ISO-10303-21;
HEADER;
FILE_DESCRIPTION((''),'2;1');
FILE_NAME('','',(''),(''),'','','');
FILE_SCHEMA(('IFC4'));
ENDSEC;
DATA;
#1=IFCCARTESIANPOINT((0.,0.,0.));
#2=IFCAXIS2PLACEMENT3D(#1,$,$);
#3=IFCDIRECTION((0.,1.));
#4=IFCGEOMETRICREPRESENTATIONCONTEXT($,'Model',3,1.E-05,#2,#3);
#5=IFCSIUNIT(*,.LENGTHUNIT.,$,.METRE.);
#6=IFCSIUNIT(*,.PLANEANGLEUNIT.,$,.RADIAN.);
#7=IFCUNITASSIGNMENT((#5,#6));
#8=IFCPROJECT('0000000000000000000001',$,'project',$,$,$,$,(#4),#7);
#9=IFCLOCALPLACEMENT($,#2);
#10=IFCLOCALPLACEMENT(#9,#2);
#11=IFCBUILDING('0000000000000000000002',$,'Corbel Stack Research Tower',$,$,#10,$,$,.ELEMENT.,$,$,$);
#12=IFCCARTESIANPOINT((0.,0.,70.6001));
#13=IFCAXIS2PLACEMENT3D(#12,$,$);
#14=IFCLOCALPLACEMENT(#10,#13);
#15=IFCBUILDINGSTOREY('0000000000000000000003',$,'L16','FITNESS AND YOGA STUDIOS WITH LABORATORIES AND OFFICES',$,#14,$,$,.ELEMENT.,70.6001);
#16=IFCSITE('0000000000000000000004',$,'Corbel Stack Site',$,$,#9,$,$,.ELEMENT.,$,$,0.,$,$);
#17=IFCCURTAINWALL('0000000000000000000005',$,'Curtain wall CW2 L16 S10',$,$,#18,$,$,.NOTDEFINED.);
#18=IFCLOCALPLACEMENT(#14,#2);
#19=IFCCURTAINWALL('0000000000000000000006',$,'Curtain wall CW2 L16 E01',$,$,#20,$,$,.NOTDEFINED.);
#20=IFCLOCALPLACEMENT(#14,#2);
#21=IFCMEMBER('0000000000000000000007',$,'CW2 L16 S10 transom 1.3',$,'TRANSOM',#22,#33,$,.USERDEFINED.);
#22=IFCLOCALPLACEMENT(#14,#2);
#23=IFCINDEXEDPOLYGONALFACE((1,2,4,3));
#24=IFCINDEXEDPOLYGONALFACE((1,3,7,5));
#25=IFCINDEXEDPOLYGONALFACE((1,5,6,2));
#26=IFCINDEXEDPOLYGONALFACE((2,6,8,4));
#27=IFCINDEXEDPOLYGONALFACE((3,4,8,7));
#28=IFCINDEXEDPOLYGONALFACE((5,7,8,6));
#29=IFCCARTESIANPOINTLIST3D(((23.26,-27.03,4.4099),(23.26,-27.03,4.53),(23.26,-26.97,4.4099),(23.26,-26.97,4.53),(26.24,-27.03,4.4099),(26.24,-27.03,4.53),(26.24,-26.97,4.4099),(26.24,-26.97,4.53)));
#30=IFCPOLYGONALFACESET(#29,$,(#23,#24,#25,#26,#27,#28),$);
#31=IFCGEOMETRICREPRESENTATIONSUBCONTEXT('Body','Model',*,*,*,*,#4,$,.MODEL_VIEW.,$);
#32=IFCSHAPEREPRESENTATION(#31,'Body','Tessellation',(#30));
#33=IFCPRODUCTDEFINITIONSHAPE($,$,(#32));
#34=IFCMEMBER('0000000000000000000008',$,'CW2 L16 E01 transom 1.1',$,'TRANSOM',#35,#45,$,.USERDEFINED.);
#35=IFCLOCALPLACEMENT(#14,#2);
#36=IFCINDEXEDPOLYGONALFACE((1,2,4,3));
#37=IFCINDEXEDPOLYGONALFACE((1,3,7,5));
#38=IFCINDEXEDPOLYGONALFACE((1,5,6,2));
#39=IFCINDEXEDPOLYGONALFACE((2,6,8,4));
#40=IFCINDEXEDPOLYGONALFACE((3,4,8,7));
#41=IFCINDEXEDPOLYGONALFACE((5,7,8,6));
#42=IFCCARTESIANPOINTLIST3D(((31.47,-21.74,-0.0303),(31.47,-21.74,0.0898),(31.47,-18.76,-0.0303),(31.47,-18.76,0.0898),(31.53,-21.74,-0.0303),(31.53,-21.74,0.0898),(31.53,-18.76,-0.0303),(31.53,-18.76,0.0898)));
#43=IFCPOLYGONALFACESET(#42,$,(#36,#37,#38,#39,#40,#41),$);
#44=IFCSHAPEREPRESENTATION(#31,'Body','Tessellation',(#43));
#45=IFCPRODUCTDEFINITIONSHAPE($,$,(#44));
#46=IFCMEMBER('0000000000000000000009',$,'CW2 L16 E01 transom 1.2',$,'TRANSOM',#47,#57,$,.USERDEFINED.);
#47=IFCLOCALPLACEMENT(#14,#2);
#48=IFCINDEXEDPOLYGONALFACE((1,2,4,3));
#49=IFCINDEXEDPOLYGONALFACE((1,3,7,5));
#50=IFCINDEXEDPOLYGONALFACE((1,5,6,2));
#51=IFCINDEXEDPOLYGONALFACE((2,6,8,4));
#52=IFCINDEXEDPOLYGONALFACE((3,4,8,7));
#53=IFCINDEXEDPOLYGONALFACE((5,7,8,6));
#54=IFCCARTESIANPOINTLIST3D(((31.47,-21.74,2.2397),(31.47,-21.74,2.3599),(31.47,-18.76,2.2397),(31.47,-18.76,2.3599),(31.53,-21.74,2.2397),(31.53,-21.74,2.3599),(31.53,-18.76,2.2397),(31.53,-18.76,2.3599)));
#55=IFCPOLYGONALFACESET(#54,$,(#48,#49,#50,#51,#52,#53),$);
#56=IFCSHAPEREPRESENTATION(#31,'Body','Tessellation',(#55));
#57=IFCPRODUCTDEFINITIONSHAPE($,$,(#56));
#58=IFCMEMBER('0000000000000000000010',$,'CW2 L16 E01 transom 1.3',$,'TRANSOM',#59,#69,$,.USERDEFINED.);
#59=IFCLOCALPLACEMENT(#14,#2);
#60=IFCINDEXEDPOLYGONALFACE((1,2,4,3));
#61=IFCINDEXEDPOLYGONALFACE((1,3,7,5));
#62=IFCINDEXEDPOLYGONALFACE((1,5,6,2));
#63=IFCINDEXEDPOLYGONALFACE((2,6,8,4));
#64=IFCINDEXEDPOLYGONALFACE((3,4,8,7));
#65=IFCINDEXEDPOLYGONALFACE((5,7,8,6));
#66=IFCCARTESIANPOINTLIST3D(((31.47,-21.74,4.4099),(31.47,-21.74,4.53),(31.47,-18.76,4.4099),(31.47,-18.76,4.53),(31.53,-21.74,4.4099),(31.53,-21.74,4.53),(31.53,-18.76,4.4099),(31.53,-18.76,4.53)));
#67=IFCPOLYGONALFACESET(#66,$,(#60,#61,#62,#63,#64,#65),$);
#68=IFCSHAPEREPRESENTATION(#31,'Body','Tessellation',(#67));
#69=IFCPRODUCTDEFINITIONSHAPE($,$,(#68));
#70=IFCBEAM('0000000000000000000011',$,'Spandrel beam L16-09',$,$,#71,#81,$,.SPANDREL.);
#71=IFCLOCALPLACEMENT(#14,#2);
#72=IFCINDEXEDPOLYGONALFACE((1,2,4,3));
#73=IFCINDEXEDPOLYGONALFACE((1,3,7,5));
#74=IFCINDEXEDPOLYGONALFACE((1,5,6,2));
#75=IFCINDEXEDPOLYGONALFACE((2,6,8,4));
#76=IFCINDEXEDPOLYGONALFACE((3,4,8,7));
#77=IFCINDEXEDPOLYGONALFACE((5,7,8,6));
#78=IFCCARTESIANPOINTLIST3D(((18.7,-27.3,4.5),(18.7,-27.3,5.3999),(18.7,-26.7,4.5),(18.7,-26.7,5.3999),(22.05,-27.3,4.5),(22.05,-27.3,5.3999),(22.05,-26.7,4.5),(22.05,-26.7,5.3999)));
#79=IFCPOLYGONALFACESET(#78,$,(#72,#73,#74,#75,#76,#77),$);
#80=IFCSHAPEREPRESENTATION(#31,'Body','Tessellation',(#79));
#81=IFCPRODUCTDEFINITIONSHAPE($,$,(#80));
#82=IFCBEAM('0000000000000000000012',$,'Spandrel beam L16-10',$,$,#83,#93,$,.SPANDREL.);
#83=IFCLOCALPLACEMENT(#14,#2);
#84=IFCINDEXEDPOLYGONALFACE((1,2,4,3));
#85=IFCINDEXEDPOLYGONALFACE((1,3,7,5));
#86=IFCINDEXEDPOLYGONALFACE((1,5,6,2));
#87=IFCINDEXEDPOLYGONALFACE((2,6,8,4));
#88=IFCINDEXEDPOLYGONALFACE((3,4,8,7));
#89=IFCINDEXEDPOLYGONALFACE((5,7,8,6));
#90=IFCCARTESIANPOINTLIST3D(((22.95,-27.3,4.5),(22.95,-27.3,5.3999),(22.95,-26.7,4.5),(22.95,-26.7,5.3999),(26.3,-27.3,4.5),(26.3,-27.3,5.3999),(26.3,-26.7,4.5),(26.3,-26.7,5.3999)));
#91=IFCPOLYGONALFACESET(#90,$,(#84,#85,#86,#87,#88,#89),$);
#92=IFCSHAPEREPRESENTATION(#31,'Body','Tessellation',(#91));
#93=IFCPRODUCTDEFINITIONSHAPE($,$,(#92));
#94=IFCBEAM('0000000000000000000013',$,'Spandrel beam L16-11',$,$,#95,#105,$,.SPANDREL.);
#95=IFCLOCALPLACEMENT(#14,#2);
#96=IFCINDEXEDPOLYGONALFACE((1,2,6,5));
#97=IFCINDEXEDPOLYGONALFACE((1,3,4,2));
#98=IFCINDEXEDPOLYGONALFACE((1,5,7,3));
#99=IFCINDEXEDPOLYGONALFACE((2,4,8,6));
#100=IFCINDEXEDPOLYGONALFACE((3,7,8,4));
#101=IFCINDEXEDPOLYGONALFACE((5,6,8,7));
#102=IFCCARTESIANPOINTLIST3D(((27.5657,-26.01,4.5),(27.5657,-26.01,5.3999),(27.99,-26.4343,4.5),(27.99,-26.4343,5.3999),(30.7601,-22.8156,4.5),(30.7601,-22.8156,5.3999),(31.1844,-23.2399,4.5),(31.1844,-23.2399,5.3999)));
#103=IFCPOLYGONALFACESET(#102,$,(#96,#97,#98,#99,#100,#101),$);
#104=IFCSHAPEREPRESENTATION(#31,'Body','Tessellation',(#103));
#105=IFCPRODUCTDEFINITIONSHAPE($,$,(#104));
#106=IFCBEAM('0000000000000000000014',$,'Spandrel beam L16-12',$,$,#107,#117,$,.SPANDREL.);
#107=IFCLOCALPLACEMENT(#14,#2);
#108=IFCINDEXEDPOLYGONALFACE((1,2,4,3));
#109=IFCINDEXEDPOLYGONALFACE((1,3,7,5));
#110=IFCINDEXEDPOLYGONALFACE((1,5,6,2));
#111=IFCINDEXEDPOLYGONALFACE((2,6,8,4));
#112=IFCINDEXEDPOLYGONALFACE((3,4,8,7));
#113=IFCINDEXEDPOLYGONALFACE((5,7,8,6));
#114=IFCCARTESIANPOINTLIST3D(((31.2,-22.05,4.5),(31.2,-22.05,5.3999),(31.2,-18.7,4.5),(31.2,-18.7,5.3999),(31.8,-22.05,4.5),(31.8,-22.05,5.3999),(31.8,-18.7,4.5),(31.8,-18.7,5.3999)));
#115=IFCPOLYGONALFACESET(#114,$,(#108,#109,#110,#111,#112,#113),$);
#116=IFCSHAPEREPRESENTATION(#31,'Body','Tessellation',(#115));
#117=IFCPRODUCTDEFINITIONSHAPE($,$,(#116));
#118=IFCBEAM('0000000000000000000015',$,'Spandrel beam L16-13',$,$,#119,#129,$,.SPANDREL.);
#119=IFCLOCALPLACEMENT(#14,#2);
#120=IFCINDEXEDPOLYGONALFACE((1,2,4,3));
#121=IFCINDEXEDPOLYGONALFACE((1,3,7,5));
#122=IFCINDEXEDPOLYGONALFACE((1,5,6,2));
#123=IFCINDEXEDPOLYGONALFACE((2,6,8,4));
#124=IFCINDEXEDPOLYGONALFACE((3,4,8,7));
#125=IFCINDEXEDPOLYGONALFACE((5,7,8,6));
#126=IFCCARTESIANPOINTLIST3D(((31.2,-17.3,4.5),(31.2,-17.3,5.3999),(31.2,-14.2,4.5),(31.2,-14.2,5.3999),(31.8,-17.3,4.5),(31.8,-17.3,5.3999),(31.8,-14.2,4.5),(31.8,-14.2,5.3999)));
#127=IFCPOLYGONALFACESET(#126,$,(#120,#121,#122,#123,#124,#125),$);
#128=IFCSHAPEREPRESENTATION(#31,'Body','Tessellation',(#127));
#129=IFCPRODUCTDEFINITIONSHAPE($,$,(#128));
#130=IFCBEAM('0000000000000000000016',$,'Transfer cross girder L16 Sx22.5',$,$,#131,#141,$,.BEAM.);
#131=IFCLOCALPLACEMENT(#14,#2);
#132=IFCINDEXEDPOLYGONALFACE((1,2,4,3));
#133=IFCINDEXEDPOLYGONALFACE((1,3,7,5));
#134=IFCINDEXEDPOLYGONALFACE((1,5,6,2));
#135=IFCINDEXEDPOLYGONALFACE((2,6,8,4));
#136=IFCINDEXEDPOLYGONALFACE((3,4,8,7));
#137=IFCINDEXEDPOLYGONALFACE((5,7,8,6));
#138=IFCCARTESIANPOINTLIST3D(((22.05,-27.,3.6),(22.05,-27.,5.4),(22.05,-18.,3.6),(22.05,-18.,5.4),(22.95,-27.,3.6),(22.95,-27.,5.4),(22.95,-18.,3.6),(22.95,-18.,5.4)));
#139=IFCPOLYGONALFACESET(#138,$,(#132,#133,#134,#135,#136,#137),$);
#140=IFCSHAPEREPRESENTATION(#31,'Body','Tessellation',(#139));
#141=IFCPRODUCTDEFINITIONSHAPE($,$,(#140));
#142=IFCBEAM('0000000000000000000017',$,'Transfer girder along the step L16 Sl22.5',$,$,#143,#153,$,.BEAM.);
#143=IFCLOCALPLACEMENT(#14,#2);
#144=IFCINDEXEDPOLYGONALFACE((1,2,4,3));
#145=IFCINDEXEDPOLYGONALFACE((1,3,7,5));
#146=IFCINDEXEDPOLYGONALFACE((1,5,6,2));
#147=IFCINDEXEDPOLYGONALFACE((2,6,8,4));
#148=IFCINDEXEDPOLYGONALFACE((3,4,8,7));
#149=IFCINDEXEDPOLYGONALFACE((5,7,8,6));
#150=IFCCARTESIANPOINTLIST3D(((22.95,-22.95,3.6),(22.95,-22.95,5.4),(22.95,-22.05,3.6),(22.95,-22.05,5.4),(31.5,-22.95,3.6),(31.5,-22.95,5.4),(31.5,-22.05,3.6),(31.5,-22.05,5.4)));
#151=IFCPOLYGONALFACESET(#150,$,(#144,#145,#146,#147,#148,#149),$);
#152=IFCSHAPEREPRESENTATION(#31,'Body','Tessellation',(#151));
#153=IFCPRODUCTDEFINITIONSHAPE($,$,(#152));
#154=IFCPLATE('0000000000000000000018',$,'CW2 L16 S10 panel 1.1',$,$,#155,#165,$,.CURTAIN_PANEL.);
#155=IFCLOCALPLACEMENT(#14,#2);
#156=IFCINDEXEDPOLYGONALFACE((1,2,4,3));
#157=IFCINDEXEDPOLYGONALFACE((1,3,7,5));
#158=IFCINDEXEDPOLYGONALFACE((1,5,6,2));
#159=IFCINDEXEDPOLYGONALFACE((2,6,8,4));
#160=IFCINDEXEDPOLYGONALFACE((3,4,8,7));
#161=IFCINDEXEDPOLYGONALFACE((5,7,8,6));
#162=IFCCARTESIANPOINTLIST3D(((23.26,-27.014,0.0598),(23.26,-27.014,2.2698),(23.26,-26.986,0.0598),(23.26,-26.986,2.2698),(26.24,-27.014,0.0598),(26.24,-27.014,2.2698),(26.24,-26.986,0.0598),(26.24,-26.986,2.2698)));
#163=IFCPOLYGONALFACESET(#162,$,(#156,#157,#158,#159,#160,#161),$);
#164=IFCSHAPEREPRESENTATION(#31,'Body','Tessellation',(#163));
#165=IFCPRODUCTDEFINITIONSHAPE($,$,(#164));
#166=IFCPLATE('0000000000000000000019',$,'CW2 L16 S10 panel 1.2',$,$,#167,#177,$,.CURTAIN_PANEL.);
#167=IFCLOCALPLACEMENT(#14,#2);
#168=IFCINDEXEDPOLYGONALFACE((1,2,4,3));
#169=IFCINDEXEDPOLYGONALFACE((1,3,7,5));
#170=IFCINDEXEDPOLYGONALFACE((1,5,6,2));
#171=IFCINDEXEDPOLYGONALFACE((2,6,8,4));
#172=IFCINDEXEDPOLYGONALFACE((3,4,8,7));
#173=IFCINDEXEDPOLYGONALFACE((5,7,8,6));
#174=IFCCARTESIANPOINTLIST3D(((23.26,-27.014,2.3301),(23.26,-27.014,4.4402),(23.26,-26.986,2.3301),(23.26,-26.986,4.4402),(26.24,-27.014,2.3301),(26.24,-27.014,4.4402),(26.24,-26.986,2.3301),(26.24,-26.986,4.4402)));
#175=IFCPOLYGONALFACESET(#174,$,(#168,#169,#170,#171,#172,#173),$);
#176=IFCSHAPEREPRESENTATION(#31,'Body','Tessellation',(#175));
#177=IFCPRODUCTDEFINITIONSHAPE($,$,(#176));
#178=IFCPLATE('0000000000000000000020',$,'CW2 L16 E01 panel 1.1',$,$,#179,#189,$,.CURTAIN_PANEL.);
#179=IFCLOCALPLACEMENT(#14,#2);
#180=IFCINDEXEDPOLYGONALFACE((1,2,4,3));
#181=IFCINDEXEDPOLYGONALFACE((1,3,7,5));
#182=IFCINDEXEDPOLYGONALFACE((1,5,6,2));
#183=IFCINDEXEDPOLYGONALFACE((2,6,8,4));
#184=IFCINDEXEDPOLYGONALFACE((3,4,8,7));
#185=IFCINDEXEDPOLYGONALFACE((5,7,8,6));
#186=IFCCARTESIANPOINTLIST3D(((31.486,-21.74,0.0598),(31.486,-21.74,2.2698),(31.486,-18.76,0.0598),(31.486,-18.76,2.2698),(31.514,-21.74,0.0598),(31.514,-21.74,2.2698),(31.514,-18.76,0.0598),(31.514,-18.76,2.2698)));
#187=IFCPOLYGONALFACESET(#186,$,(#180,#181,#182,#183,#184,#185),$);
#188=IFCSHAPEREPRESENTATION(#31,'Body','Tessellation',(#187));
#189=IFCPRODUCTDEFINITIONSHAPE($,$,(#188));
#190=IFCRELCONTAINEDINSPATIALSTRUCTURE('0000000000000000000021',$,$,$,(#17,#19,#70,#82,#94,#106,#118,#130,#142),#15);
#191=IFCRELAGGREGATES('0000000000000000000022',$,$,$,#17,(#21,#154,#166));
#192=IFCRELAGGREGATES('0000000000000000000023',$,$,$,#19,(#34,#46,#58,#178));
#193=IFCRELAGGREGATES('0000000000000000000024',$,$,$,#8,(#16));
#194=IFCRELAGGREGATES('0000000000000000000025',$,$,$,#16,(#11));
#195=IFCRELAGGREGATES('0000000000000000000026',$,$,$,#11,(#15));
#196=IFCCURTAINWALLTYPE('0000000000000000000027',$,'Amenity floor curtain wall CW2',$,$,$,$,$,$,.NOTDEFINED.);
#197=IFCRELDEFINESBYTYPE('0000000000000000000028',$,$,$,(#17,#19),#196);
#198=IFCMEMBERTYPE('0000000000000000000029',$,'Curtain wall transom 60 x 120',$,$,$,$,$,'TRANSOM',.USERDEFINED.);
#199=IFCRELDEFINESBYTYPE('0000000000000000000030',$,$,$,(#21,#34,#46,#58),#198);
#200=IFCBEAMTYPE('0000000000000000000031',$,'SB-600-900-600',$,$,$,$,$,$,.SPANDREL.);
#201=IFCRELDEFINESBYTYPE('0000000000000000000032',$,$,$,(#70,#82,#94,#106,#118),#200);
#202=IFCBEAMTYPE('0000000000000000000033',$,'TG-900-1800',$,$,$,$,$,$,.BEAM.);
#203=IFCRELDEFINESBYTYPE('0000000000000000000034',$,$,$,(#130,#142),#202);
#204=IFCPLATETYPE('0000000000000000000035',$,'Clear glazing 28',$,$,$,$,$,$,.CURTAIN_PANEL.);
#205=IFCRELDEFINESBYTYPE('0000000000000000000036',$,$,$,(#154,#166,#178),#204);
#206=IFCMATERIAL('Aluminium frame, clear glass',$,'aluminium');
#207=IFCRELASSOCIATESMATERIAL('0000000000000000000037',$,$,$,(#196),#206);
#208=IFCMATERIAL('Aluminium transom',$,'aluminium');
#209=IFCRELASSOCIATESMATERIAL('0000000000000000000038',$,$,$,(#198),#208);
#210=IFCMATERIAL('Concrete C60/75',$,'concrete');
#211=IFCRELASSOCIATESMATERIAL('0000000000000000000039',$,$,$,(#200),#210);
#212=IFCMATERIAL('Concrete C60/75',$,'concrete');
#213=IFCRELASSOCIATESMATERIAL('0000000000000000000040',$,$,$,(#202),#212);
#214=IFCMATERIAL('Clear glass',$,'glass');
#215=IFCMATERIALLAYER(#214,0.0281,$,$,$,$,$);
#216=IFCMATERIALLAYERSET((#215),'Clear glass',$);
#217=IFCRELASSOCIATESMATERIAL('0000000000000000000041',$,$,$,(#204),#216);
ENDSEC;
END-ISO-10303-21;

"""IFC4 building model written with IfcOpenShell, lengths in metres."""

from ifc_helpers import new_model, si_unit, direction, frame, origin, origin_2d, place, context, subcontext, project, spatial, rectangle, extrude, material, layer, layer_set, material_profile, profile_set, type_object, element, aggregate, save


model = new_model("IFC4")

# Units and contexts
model_context = context("Model", 3, precision=1e-05, world=origin(), true_north=direction((0.0, 1.0)))
body_context = subcontext(model_context, "Body", "Model", "MODEL_VIEW")
ifc_project = project(units=[si_unit("LENGTHUNIT", "METRE"), si_unit("PLANEANGLEUNIT", "RADIAN")], contexts=[model_context])

# Site, building, storey
site_placement = place(None, origin())
site = spatial("IfcSite", under=ifc_project, at=site_placement, Name="Corbel Stack Site", CompositionType="ELEMENT", RefElevation=0.0)
building_placement = place(site_placement, origin())
building = spatial("IfcBuilding", under=site, at=building_placement, Name="Corbel Stack Research Tower", CompositionType="ELEMENT")
storey_placement = place(building_placement, frame((0.0, 0.0, 70.6001)))
storey = spatial("IfcBuildingStorey", under=building, at=storey_placement, Name="L16", Description="FITNESS AND YOGA STUDIOS WITH LABORATORIES AND OFFICES", CompositionType="ELEMENT", Elevation=70.6001)

# Curtain walls
ifc_material_1 = material(Name="Aluminium frame, clear glass", Category="aluminium")
curtain_wall_type = type_object("IfcCurtainWallType", Name="Amenity floor curtain wall CW2", PredefinedType="NOTDEFINED", material=ifc_material_1)
curtain_wall_1_placement = place(storey_placement, origin())
curtain_wall_1 = element("IfcCurtainWall", 1, at=curtain_wall_1_placement, inside=storey, type_object=curtain_wall_type, Name="Curtain wall CW2 L16 S10", PredefinedType="NOTDEFINED")
curtain_wall_2_placement = place(storey_placement, origin())
curtain_wall_2 = element("IfcCurtainWall", 2, at=curtain_wall_2_placement, inside=storey, type_object=curtain_wall_type, Name="Curtain wall CW2 L16 E01", PredefinedType="NOTDEFINED")

# Members
ifc_material_2 = material(Name="Aluminium transom", Category="aluminium")
ifc_material_profile_1 = material_profile(ifc_material_2, rectangle(XDim=0.0601, YDim=0.1201, at=origin_2d()), Name="Transom 60 x 120")
ifc_profile_set_1 = profile_set([ifc_material_profile_1], Name="Aluminium transom")
member_type_1 = type_object("IfcMemberType", Name="Curtain wall transom 60 x 120", ElementType="TRANSOM", PredefinedType="USERDEFINED", material=ifc_profile_set_1)
member_1_placement = place(storey_placement, frame((23.26, -27.0, 4.47), z_axis=(1.0, 0.0, 0.0), x_axis=(0.0, 1.0, 0.0)))
member_1 = element("IfcMember", 3, at=member_1_placement, type_object=member_type_1, Name="CW2 L16 S10 transom 1.3", ObjectType="TRANSOM", PredefinedType="USERDEFINED", context=body_context, shape_type="SweptSolid", body=[
    extrude(rectangle(XDim=0.0601, YDim=0.1201, at=origin_2d()), origin(), (0.0, 0.0, 1.0), 2.98),
])
member_2_placement = place(storey_placement, frame((31.5, -21.74, 0.0298), z_axis=(0.0, 1.0, 0.0), x_axis=(-1.0, 0.0, 0.0)))
member_2 = element("IfcMember", 4, at=member_2_placement, type_object=member_type_1, Name="CW2 L16 E01 transom 1.1", ObjectType="TRANSOM", PredefinedType="USERDEFINED", context=body_context, shape_type="SweptSolid", body=[
    extrude(rectangle(XDim=0.0601, YDim=0.1201, at=origin_2d()), origin(), (0.0, 0.0, 1.0), 2.98),
])
member_3_placement = place(storey_placement, frame((31.5, -21.74, 2.2998), z_axis=(0.0, 1.0, 0.0), x_axis=(-1.0, 0.0, 0.0)))
member_3 = element("IfcMember", 5, at=member_3_placement, type_object=member_type_1, Name="CW2 L16 E01 transom 1.2", ObjectType="TRANSOM", PredefinedType="USERDEFINED", context=body_context, shape_type="SweptSolid", body=[
    extrude(rectangle(XDim=0.0601, YDim=0.1201, at=origin_2d()), origin(), (0.0, 0.0, 1.0), 2.98),
])
member_4_placement = place(storey_placement, frame((31.5, -21.74, 4.47), z_axis=(0.0, 1.0, 0.0), x_axis=(-1.0, 0.0, 0.0)))
member_4 = element("IfcMember", 6, at=member_4_placement, type_object=member_type_1, Name="CW2 L16 E01 transom 1.3", ObjectType="TRANSOM", PredefinedType="USERDEFINED", context=body_context, shape_type="SweptSolid", body=[
    extrude(rectangle(XDim=0.0601, YDim=0.1201, at=origin_2d()), origin(), (0.0, 0.0, 1.0), 2.98),
])

# Beams
ifc_material_3 = material(Name="Concrete C60/75", Category="concrete")
ifc_material_profile_2 = material_profile(ifc_material_3, rectangle(XDim=0.6001, YDim=0.8999, at=origin_2d()), Name="RC 600 x 900")
ifc_profile_set_2 = profile_set([ifc_material_profile_2], Name="Concrete C60/75")
beam_type_1 = type_object("IfcBeamType", Name="SB-600-900-600", PredefinedType="SPANDREL", material=ifc_profile_set_2)
for number, where, z_axis, x_axis, name in (
    (7, (18.7, -27.0, 4.95), (1.0, 0.0, 0.0), (0.0, 1.0, 0.0), "Spandrel beam L16-09"),
    (8, (22.95, -27.0, 4.95), (1.0, 0.0, 0.0), (0.0, 1.0, 0.0), "Spandrel beam L16-10"),
):
    element("IfcBeam", number, at=place(storey_placement, frame(where, z_axis=z_axis, x_axis=x_axis)), inside=storey, type_object=beam_type_1, Name=name, PredefinedType="SPANDREL", context=body_context, shape_type="SweptSolid", body=[
        extrude(rectangle(XDim=0.6001, YDim=0.8999, at=origin_2d()), origin(), (0.0, 0.0, 1.0), 3.3501),
    ])
beam_1_placement = place(storey_placement, frame((27.7778, -26.2222, 4.95), z_axis=(0.707107, 0.707107, 0.0), x_axis=(-0.707107, 0.707107, 0.0)))
element("IfcBeam", 9, at=beam_1_placement, inside=storey, type_object=beam_type_1, Name="Spandrel beam L16-11", PredefinedType="SPANDREL", context=body_context, shape_type="SweptSolid", body=[
    extrude(rectangle(XDim=0.6001, YDim=0.8999, at=origin_2d()), origin(), (0.0, 0.0, 1.0), 4.5176),
])
beam_2_placement = place(storey_placement, frame((31.5, -22.05, 4.95), z_axis=(0.0, 1.0, 0.0), x_axis=(-1.0, 0.0, 0.0)))
element("IfcBeam", 10, at=beam_2_placement, inside=storey, type_object=beam_type_1, Name="Spandrel beam L16-12", PredefinedType="SPANDREL", context=body_context, shape_type="SweptSolid", body=[
    extrude(rectangle(XDim=0.6001, YDim=0.8999, at=origin_2d()), origin(), (0.0, 0.0, 1.0), 3.3501),
])
beam_3_placement = place(storey_placement, frame((31.5, -17.3, 4.95), z_axis=(0.0, 1.0, 0.0), x_axis=(-1.0, 0.0, 0.0)))
element("IfcBeam", 11, at=beam_3_placement, inside=storey, type_object=beam_type_1, Name="Spandrel beam L16-13", PredefinedType="SPANDREL", context=body_context, shape_type="SweptSolid", body=[
    extrude(rectangle(XDim=0.6001, YDim=0.8999, at=origin_2d()), origin(), (0.0, 0.0, 1.0), 3.1001),
])
ifc_material_4 = material(Name="Concrete C60/75", Category="concrete")
ifc_material_profile_3 = material_profile(ifc_material_4, rectangle(XDim=0.8999, YDim=1.8, at=origin_2d()), Name="RC 900 x 1800")
ifc_profile_set_3 = profile_set([ifc_material_profile_3], Name="Concrete C60/75")
beam_type_2 = type_object("IfcBeamType", Name="TG-900-1800", PredefinedType="BEAM", material=ifc_profile_set_3)
beam_4_placement = place(storey_placement, frame((22.5, -27.0, 4.5), z_axis=(0.0, 1.0, 0.0), x_axis=(-1.0, 0.0, 0.0)))
element("IfcBeam", 12, at=beam_4_placement, inside=storey, type_object=beam_type_2, Name="Transfer cross girder L16 Sx22.5", PredefinedType="BEAM", context=body_context, shape_type="SweptSolid", body=[
    extrude(rectangle(XDim=0.8999, YDim=1.8, at=origin_2d()), origin(), (0.0, 0.0, 1.0), 9.0),
])
beam_5_placement = place(storey_placement, frame((22.95, -22.5, 4.5), z_axis=(1.0, 0.0, 0.0), x_axis=(0.0, 1.0, 0.0)))
element("IfcBeam", 13, at=beam_5_placement, inside=storey, type_object=beam_type_2, Name="Transfer girder along the step L16 Sl22.5", PredefinedType="BEAM", context=body_context, shape_type="SweptSolid", body=[
    extrude(rectangle(XDim=0.8999, YDim=1.8, at=origin_2d()), origin(), (0.0, 0.0, 1.0), 8.55),
])

# Plates
ifc_material_5 = material(Name="Clear glass", Category="glass")
ifc_layer_1 = layer(ifc_material_5, 0.0281)
ifc_layer_set_1 = layer_set([ifc_layer_1], Name="Clear glass")
plate_type = type_object("IfcPlateType", Name="Clear glazing 28", PredefinedType="CURTAIN_PANEL", material=ifc_layer_set_1)
plate_1_placement = place(storey_placement, frame((24.75, -27.0, 0.0598), z_axis=(0.0, 0.0, 1.0), x_axis=(1.0, 0.0, 0.0)))
plate_1 = element("IfcPlate", 14, at=plate_1_placement, type_object=plate_type, Name="CW2 L16 S10 panel 1.1", PredefinedType="CURTAIN_PANEL", context=body_context, shape_type="SweptSolid", body=[
    extrude(rectangle(XDim=2.98, YDim=0.0281, at=origin_2d()), origin(), (0.0, 0.0, 1.0), 2.21),
])
plate_2_placement = place(storey_placement, frame((24.75, -27.0, 2.3301), z_axis=(0.0, 0.0, 1.0), x_axis=(1.0, 0.0, 0.0)))
plate_2 = element("IfcPlate", 15, at=plate_2_placement, type_object=plate_type, Name="CW2 L16 S10 panel 1.2", PredefinedType="CURTAIN_PANEL", context=body_context, shape_type="SweptSolid", body=[
    extrude(rectangle(XDim=2.98, YDim=0.0281, at=origin_2d()), origin(), (0.0, 0.0, 1.0), 2.1101),
])
aggregate(curtain_wall_1, [member_1, plate_1, plate_2])
plate_3_placement = place(storey_placement, frame((31.5, -20.25, 0.0598), z_axis=(0.0, 0.0, 1.0), x_axis=(0.0, 1.0, 0.0)))
plate_3 = element("IfcPlate", 16, at=plate_3_placement, type_object=plate_type, Name="CW2 L16 E01 panel 1.1", PredefinedType="CURTAIN_PANEL", context=body_context, shape_type="SweptSolid", body=[
    extrude(rectangle(XDim=2.98, YDim=0.0281, at=origin_2d()), origin(), (0.0, 0.0, 1.0), 2.21),
])
aggregate(curtain_wall_2, [member_2, member_3, member_4, plate_3])

save(model, "model.ifc")
